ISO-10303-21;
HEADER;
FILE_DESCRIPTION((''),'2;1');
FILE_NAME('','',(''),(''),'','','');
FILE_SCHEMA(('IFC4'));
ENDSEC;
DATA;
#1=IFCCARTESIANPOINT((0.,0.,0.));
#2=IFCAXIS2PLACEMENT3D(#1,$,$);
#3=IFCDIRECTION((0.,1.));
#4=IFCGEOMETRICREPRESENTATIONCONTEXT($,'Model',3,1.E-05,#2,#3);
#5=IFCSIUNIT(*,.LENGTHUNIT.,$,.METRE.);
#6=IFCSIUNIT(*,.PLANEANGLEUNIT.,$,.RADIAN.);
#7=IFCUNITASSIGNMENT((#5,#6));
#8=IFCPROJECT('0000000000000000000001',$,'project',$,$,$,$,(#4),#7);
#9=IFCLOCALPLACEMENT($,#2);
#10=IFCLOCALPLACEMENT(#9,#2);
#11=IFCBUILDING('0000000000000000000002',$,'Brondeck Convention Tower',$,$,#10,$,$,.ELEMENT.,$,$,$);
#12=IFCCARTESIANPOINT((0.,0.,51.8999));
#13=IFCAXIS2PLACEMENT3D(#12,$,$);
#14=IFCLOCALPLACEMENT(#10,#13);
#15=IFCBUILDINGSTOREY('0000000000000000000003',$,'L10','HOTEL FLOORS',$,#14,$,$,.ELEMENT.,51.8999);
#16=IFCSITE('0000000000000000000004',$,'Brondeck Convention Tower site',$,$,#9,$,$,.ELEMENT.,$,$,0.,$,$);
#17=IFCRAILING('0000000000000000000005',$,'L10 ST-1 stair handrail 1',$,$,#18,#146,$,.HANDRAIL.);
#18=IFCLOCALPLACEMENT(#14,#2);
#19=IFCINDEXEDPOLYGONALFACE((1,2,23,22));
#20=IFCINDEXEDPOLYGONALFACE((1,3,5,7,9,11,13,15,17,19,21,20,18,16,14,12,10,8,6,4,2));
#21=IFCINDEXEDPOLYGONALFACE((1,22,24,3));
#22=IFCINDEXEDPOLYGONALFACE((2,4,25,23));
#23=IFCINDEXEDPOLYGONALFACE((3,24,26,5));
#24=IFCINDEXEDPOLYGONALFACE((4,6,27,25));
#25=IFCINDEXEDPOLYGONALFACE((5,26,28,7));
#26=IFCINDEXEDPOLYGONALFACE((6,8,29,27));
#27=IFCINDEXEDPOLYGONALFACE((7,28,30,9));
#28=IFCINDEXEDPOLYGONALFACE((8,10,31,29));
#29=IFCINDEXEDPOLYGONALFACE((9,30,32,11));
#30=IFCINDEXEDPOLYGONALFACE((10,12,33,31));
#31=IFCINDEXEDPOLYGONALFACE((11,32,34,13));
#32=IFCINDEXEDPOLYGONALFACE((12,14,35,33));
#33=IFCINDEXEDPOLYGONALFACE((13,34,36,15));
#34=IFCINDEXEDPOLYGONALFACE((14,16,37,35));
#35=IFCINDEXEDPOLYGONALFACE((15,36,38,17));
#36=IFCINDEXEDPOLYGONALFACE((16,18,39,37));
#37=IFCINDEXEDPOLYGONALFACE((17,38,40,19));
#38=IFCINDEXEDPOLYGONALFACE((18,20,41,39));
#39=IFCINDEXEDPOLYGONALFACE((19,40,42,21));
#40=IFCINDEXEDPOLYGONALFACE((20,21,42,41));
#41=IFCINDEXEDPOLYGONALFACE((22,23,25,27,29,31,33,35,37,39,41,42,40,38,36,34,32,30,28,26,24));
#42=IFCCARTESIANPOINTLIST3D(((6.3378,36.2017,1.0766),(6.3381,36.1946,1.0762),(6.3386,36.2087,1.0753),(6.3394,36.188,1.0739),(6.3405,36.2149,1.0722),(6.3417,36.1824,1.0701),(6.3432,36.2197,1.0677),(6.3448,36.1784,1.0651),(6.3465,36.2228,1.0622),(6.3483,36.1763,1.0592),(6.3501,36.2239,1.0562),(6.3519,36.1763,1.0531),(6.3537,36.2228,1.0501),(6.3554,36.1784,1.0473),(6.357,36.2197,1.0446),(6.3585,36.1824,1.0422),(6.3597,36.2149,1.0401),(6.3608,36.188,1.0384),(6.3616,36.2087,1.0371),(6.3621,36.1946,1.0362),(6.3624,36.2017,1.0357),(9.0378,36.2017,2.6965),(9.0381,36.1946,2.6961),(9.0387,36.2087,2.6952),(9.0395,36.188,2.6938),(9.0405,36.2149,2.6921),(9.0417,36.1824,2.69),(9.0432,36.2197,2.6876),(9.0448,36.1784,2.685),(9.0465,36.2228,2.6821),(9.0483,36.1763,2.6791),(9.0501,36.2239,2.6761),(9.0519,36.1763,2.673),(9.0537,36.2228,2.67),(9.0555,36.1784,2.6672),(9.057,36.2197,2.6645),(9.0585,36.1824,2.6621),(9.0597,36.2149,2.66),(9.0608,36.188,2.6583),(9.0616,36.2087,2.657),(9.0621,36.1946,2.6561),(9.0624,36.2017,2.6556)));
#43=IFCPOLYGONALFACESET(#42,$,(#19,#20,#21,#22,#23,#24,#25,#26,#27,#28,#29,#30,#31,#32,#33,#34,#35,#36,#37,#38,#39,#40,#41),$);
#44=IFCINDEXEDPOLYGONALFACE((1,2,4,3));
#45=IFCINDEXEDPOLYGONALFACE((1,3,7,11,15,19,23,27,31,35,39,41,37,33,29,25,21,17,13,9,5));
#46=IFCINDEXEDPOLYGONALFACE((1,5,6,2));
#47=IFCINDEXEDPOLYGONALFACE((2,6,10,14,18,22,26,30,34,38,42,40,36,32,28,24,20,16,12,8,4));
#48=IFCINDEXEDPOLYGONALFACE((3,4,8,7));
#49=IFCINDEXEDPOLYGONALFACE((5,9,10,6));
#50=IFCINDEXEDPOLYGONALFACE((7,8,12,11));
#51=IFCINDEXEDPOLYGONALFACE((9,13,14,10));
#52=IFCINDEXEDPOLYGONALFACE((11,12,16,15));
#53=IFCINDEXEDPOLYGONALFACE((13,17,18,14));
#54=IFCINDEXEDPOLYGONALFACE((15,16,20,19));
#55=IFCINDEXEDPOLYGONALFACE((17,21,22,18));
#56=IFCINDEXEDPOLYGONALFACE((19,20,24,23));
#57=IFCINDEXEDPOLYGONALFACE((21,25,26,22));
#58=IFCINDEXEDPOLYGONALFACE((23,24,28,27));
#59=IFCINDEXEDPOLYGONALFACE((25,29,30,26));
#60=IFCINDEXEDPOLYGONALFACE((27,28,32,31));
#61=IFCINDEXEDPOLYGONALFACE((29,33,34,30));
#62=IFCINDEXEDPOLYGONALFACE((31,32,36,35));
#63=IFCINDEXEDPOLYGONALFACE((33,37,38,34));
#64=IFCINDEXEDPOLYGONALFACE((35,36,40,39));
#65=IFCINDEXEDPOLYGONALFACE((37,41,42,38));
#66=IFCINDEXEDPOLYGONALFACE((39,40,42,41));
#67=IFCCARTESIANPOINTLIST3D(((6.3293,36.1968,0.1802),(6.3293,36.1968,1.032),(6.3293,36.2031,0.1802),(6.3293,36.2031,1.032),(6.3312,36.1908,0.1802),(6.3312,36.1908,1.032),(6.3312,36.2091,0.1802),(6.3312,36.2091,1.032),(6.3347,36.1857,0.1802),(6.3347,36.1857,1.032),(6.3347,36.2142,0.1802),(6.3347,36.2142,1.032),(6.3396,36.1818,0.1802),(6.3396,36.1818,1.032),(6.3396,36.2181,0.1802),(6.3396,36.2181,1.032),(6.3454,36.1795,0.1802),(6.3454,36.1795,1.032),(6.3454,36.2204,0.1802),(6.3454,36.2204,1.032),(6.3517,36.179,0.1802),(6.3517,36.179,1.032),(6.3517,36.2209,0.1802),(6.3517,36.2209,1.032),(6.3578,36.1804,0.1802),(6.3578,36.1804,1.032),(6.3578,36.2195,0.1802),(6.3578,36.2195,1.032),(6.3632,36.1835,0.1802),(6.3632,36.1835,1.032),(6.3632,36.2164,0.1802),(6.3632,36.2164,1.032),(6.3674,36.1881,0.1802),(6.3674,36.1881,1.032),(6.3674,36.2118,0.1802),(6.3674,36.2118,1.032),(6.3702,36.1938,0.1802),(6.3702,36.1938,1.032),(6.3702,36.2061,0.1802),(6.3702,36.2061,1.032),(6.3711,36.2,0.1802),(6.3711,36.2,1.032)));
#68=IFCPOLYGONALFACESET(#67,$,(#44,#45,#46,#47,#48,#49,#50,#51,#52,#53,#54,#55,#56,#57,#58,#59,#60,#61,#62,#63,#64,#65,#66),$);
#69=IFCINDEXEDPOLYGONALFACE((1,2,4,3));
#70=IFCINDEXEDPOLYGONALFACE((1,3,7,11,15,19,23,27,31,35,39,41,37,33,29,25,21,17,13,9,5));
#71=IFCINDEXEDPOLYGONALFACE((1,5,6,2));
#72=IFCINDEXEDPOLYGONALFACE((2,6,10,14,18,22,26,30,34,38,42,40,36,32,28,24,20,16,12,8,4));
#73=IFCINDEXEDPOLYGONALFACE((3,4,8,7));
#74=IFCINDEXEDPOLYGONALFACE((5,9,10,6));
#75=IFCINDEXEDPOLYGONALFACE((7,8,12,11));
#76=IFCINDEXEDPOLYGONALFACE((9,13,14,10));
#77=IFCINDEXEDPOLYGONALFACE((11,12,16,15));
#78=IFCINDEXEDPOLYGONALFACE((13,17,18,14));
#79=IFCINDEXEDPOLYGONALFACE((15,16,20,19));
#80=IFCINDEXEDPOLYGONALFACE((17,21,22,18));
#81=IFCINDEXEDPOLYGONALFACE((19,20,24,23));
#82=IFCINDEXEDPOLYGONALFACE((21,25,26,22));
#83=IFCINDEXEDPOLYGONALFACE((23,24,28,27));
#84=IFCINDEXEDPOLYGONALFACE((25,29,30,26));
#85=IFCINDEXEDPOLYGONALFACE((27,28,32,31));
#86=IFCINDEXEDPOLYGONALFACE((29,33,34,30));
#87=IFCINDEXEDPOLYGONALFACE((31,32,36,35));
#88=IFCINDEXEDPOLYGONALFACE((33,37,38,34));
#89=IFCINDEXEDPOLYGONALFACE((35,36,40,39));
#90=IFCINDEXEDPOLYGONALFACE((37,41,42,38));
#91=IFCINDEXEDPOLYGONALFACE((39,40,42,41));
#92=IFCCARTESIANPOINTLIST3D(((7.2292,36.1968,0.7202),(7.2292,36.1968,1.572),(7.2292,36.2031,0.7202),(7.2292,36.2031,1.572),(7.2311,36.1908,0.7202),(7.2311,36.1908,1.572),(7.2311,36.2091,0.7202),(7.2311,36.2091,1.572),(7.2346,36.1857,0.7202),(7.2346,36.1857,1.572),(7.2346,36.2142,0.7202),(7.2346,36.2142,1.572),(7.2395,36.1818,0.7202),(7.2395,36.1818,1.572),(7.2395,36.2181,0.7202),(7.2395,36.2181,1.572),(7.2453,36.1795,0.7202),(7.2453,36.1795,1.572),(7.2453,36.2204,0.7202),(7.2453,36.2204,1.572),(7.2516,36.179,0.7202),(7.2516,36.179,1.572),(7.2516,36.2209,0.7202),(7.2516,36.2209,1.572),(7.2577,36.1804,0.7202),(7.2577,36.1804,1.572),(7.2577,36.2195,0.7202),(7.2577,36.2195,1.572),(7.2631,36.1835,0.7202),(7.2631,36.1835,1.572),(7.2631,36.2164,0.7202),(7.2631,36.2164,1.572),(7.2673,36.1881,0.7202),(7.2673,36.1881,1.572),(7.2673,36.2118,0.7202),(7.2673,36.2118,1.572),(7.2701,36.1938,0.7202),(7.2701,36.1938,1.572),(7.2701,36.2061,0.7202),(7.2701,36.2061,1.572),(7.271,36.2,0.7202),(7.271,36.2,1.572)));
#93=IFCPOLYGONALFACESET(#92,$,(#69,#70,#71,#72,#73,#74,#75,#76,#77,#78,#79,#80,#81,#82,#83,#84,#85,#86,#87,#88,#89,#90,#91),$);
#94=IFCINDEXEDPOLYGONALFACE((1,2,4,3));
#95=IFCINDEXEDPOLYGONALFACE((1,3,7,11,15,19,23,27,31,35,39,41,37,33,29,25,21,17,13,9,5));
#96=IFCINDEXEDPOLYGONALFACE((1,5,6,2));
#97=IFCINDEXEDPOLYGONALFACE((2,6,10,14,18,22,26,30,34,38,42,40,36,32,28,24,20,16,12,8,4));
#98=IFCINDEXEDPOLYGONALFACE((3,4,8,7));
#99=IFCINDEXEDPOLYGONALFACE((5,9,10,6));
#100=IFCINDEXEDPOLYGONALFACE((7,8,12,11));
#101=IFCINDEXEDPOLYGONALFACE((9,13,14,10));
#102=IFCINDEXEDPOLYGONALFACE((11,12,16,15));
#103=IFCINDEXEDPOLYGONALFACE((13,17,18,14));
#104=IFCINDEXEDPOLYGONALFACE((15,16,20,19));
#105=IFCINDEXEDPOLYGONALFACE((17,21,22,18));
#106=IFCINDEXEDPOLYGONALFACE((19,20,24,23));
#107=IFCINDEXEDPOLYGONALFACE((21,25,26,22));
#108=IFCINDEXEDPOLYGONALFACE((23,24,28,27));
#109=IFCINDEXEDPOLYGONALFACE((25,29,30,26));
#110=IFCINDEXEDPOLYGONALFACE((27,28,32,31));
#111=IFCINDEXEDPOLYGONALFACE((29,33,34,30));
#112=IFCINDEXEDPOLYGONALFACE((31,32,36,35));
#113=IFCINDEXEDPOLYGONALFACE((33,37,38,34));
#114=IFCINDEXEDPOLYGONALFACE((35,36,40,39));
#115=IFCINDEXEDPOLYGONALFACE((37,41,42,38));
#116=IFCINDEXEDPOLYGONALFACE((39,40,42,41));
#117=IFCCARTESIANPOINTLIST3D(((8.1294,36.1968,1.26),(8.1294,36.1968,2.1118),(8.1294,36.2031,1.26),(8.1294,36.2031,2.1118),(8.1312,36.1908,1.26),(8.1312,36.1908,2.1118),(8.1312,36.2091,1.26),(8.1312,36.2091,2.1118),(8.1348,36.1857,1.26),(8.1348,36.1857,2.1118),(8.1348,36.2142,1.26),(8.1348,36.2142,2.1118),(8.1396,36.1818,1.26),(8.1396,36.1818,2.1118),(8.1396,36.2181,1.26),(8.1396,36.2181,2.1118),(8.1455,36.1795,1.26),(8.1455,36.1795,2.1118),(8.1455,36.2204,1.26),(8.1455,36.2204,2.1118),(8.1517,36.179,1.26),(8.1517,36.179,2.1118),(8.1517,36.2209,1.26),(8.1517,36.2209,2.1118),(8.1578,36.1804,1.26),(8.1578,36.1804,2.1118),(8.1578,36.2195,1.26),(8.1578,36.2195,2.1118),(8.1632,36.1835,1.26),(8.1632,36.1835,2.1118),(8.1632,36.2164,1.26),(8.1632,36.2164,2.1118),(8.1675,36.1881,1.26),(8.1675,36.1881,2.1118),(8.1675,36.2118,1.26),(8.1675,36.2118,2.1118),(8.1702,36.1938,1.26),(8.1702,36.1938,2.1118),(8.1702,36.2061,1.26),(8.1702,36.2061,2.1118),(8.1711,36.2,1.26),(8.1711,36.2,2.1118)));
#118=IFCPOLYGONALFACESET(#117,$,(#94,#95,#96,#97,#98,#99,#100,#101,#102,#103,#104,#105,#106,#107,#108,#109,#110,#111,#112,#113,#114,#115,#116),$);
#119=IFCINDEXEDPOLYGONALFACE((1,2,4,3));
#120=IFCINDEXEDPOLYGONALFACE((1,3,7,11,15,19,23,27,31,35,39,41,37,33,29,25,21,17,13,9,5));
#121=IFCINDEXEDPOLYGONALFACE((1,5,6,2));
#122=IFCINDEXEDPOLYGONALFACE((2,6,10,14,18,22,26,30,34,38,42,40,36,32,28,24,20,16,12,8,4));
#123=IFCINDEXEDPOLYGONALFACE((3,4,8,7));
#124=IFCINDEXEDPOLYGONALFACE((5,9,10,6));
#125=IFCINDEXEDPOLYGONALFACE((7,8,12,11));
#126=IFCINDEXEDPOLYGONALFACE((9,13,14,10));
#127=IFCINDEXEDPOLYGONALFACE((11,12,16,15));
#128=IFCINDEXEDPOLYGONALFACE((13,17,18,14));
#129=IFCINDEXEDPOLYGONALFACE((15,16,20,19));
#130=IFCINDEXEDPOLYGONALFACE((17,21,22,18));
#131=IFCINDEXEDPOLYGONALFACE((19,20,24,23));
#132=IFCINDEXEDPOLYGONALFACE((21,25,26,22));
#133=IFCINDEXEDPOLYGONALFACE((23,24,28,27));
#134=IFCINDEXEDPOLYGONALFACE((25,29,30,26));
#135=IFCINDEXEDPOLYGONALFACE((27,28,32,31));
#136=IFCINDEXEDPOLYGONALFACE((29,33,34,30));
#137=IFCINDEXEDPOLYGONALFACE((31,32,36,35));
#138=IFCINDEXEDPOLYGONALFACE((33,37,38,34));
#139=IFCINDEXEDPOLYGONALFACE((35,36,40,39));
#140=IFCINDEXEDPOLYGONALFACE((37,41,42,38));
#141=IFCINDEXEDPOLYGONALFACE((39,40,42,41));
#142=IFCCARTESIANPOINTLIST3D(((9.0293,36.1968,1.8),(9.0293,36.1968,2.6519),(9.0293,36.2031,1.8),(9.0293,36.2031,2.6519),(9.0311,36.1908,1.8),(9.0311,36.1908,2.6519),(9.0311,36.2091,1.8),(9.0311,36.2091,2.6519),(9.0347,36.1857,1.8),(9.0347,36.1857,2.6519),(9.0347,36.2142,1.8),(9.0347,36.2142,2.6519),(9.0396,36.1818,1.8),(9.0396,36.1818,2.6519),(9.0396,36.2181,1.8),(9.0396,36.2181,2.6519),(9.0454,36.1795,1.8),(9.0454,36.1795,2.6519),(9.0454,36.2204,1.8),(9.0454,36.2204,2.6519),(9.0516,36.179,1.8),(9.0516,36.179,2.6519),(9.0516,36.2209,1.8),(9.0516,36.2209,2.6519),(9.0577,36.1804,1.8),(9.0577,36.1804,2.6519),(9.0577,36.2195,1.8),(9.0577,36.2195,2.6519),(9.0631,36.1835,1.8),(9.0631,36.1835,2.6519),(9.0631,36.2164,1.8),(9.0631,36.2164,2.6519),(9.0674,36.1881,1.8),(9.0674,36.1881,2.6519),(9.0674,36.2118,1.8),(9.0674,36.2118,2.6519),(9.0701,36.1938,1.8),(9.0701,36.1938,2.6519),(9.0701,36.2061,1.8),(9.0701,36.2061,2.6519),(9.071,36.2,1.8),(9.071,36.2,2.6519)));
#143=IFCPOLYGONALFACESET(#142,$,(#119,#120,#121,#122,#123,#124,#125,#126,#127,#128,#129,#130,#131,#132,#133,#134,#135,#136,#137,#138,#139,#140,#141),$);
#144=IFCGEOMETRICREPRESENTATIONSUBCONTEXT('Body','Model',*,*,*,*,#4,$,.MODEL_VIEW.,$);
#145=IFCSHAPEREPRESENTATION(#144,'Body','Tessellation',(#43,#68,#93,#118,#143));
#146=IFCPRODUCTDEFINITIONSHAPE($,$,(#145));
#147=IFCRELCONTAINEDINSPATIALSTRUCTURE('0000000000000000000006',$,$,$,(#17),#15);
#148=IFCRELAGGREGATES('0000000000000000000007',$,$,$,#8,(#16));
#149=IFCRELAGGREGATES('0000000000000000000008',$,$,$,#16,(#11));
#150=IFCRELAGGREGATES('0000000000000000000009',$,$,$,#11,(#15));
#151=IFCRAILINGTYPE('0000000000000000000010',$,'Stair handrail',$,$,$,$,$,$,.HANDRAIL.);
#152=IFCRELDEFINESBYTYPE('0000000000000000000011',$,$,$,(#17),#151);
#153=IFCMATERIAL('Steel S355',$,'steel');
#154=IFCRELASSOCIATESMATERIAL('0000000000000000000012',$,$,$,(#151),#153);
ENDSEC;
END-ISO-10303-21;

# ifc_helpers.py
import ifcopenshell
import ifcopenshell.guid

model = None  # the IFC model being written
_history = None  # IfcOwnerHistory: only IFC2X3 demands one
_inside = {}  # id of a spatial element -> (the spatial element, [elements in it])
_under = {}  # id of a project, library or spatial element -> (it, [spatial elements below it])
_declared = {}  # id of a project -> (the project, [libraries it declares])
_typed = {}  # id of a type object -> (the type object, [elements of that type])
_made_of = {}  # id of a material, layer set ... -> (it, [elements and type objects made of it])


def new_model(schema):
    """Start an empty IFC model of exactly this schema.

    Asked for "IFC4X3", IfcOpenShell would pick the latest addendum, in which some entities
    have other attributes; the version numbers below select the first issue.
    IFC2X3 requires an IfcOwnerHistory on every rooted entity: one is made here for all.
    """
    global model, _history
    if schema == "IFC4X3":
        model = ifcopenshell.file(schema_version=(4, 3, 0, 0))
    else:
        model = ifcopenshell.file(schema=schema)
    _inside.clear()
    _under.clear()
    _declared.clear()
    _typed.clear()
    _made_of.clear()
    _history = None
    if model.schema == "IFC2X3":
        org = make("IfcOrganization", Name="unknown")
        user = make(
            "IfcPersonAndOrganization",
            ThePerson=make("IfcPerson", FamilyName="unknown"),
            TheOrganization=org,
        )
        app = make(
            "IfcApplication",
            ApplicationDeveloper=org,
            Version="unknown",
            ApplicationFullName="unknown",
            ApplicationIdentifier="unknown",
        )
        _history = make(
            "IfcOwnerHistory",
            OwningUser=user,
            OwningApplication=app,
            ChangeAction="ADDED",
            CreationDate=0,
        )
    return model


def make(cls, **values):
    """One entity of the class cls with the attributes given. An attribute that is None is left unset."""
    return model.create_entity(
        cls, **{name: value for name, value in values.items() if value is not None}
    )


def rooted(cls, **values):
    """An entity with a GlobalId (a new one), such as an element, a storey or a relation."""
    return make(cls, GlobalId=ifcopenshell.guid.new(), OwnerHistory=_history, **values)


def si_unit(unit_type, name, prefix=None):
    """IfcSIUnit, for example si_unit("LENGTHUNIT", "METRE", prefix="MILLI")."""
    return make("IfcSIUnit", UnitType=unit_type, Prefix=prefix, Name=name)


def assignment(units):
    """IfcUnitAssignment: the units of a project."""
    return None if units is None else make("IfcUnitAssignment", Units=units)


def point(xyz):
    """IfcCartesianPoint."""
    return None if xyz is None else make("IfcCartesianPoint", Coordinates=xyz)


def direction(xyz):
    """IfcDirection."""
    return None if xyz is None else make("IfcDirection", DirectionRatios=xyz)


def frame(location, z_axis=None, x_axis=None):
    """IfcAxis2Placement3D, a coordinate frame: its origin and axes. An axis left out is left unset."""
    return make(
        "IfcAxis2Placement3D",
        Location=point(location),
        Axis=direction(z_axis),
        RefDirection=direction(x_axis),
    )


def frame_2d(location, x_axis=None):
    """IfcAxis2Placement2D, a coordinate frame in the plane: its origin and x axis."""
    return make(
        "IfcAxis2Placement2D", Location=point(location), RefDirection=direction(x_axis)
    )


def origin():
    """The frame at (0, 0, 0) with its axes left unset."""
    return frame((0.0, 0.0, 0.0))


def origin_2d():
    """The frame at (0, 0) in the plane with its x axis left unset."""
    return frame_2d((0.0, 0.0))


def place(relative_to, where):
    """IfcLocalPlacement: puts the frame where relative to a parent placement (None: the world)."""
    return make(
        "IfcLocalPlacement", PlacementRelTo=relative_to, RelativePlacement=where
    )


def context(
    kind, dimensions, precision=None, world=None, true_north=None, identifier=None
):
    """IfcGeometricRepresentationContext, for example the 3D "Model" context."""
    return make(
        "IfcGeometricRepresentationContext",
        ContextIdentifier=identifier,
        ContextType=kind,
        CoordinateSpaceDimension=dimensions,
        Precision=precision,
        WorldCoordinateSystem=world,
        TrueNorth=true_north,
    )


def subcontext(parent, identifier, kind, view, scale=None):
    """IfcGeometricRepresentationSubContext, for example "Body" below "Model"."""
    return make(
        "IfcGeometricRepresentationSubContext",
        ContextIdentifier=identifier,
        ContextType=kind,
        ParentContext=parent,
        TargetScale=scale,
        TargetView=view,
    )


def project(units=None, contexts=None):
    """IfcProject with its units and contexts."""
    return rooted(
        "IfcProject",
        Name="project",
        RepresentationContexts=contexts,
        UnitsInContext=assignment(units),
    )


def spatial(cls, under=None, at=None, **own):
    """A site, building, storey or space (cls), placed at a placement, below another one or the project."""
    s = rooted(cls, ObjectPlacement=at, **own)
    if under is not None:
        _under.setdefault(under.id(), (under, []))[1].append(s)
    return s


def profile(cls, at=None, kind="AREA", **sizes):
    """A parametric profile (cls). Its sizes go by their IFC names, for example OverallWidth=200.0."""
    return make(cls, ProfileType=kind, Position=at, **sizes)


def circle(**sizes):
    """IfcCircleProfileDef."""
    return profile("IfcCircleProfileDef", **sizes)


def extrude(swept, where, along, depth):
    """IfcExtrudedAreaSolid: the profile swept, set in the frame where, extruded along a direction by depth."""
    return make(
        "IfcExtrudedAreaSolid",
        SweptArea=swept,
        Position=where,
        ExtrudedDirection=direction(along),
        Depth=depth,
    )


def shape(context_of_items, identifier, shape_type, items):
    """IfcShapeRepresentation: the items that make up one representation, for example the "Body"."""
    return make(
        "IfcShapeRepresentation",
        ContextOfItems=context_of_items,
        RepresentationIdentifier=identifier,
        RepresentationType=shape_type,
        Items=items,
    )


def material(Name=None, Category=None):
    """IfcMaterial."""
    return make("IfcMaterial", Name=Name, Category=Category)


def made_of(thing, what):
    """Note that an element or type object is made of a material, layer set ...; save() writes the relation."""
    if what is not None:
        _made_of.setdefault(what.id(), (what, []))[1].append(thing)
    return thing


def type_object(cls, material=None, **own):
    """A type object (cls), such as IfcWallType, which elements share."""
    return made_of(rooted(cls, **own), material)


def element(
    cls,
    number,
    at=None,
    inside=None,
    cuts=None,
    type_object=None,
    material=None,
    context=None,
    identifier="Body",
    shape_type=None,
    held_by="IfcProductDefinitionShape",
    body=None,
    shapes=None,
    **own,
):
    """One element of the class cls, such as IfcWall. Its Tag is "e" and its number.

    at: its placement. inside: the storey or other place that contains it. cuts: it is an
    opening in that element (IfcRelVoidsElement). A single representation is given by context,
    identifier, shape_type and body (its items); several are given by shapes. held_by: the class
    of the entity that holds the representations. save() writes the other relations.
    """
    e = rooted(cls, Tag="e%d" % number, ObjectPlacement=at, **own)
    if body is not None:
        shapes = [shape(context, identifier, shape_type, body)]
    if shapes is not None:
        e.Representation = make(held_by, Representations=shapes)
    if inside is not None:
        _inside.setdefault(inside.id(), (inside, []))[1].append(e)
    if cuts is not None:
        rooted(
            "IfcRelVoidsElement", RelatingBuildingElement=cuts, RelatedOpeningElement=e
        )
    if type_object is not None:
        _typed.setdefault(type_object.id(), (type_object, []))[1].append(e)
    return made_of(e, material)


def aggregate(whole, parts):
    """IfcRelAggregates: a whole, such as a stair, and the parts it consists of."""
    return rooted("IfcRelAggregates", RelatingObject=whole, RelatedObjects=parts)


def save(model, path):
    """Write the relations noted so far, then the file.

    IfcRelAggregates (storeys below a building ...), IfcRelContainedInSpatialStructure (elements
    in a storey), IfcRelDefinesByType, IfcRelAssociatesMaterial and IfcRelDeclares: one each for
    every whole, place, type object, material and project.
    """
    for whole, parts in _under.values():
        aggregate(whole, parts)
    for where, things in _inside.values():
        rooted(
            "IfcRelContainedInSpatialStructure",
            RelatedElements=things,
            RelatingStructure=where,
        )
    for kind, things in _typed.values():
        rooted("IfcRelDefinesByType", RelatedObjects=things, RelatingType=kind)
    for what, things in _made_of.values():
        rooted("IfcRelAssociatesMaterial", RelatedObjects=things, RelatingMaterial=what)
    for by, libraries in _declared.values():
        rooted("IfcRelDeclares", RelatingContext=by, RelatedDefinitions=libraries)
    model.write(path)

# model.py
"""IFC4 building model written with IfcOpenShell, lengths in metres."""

from ifc_helpers import new_model, si_unit, direction, frame, origin, origin_2d, place, context, subcontext, project, spatial, circle, extrude, material, type_object, element, save


model = new_model("IFC4")

# Units and contexts
model_context = context("Model", 3, precision=1e-05, world=origin(), true_north=direction((0.0, 1.0)))
body_context = subcontext(model_context, "Body", "Model", "MODEL_VIEW")
ifc_project = project(units=[si_unit("LENGTHUNIT", "METRE"), si_unit("PLANEANGLEUNIT", "RADIAN")], contexts=[model_context])

# Site, building, storey
site_placement = place(None, origin())
site = spatial("IfcSite", under=ifc_project, at=site_placement, Name="Brondeck Convention Tower site", CompositionType="ELEMENT", RefElevation=0.0)
building_placement = place(site_placement, origin())
building = spatial("IfcBuilding", under=site, at=building_placement, Name="Brondeck Convention Tower", CompositionType="ELEMENT")
storey_placement = place(building_placement, frame((0.0, 0.0, 51.8999)))
storey = spatial("IfcBuildingStorey", under=building, at=storey_placement, Name="L10", Description="HOTEL FLOORS", CompositionType="ELEMENT", Elevation=51.8999)

# Railing
ifc_material_1 = material(Name="Steel S355", Category="steel")
railing_type_1 = type_object("IfcRailingType", Name="Stair handrail", PredefinedType="HANDRAIL", material=ifc_material_1)
railing_1_placement = place(storey_placement, frame((6.3501, 36.2, 0.1802)))
element("IfcRailing", 1, at=railing_1_placement, inside=storey, type_object=railing_type_1, Name="L10 ST-1 stair handrail 1", PredefinedType="HANDRAIL", context=body_context, shape_type="SweptSolid", body=[
    extrude(circle(Radius=0.0239, at=origin_2d()), frame((0.0, 0.0, 0.876), z_axis=(0.857507, 0.0, 0.514473), x_axis=(0.0, 1.0, 0.0)), (0.0, 0.0, 1.0), 3.1487),
    extrude(circle(Radius=0.021, at=origin_2d()), origin(), (0.0, 0.0, 1.0), 0.8518),
    extrude(circle(Radius=0.021, at=origin_2d()), frame((0.8999, 0.0, 0.54)), (0.0, 0.0, 1.0), 0.8518),
    extrude(circle(Radius=0.021, at=origin_2d()), frame((1.8, 0.0, 1.0798)), (0.0, 0.0, 1.0), 0.8518),
    extrude(circle(Radius=0.021, at=origin_2d()), frame((2.7, 0.0, 1.6199)), (0.0, 0.0, 1.0), 0.8518),
])

save(model, "model.ifc")
